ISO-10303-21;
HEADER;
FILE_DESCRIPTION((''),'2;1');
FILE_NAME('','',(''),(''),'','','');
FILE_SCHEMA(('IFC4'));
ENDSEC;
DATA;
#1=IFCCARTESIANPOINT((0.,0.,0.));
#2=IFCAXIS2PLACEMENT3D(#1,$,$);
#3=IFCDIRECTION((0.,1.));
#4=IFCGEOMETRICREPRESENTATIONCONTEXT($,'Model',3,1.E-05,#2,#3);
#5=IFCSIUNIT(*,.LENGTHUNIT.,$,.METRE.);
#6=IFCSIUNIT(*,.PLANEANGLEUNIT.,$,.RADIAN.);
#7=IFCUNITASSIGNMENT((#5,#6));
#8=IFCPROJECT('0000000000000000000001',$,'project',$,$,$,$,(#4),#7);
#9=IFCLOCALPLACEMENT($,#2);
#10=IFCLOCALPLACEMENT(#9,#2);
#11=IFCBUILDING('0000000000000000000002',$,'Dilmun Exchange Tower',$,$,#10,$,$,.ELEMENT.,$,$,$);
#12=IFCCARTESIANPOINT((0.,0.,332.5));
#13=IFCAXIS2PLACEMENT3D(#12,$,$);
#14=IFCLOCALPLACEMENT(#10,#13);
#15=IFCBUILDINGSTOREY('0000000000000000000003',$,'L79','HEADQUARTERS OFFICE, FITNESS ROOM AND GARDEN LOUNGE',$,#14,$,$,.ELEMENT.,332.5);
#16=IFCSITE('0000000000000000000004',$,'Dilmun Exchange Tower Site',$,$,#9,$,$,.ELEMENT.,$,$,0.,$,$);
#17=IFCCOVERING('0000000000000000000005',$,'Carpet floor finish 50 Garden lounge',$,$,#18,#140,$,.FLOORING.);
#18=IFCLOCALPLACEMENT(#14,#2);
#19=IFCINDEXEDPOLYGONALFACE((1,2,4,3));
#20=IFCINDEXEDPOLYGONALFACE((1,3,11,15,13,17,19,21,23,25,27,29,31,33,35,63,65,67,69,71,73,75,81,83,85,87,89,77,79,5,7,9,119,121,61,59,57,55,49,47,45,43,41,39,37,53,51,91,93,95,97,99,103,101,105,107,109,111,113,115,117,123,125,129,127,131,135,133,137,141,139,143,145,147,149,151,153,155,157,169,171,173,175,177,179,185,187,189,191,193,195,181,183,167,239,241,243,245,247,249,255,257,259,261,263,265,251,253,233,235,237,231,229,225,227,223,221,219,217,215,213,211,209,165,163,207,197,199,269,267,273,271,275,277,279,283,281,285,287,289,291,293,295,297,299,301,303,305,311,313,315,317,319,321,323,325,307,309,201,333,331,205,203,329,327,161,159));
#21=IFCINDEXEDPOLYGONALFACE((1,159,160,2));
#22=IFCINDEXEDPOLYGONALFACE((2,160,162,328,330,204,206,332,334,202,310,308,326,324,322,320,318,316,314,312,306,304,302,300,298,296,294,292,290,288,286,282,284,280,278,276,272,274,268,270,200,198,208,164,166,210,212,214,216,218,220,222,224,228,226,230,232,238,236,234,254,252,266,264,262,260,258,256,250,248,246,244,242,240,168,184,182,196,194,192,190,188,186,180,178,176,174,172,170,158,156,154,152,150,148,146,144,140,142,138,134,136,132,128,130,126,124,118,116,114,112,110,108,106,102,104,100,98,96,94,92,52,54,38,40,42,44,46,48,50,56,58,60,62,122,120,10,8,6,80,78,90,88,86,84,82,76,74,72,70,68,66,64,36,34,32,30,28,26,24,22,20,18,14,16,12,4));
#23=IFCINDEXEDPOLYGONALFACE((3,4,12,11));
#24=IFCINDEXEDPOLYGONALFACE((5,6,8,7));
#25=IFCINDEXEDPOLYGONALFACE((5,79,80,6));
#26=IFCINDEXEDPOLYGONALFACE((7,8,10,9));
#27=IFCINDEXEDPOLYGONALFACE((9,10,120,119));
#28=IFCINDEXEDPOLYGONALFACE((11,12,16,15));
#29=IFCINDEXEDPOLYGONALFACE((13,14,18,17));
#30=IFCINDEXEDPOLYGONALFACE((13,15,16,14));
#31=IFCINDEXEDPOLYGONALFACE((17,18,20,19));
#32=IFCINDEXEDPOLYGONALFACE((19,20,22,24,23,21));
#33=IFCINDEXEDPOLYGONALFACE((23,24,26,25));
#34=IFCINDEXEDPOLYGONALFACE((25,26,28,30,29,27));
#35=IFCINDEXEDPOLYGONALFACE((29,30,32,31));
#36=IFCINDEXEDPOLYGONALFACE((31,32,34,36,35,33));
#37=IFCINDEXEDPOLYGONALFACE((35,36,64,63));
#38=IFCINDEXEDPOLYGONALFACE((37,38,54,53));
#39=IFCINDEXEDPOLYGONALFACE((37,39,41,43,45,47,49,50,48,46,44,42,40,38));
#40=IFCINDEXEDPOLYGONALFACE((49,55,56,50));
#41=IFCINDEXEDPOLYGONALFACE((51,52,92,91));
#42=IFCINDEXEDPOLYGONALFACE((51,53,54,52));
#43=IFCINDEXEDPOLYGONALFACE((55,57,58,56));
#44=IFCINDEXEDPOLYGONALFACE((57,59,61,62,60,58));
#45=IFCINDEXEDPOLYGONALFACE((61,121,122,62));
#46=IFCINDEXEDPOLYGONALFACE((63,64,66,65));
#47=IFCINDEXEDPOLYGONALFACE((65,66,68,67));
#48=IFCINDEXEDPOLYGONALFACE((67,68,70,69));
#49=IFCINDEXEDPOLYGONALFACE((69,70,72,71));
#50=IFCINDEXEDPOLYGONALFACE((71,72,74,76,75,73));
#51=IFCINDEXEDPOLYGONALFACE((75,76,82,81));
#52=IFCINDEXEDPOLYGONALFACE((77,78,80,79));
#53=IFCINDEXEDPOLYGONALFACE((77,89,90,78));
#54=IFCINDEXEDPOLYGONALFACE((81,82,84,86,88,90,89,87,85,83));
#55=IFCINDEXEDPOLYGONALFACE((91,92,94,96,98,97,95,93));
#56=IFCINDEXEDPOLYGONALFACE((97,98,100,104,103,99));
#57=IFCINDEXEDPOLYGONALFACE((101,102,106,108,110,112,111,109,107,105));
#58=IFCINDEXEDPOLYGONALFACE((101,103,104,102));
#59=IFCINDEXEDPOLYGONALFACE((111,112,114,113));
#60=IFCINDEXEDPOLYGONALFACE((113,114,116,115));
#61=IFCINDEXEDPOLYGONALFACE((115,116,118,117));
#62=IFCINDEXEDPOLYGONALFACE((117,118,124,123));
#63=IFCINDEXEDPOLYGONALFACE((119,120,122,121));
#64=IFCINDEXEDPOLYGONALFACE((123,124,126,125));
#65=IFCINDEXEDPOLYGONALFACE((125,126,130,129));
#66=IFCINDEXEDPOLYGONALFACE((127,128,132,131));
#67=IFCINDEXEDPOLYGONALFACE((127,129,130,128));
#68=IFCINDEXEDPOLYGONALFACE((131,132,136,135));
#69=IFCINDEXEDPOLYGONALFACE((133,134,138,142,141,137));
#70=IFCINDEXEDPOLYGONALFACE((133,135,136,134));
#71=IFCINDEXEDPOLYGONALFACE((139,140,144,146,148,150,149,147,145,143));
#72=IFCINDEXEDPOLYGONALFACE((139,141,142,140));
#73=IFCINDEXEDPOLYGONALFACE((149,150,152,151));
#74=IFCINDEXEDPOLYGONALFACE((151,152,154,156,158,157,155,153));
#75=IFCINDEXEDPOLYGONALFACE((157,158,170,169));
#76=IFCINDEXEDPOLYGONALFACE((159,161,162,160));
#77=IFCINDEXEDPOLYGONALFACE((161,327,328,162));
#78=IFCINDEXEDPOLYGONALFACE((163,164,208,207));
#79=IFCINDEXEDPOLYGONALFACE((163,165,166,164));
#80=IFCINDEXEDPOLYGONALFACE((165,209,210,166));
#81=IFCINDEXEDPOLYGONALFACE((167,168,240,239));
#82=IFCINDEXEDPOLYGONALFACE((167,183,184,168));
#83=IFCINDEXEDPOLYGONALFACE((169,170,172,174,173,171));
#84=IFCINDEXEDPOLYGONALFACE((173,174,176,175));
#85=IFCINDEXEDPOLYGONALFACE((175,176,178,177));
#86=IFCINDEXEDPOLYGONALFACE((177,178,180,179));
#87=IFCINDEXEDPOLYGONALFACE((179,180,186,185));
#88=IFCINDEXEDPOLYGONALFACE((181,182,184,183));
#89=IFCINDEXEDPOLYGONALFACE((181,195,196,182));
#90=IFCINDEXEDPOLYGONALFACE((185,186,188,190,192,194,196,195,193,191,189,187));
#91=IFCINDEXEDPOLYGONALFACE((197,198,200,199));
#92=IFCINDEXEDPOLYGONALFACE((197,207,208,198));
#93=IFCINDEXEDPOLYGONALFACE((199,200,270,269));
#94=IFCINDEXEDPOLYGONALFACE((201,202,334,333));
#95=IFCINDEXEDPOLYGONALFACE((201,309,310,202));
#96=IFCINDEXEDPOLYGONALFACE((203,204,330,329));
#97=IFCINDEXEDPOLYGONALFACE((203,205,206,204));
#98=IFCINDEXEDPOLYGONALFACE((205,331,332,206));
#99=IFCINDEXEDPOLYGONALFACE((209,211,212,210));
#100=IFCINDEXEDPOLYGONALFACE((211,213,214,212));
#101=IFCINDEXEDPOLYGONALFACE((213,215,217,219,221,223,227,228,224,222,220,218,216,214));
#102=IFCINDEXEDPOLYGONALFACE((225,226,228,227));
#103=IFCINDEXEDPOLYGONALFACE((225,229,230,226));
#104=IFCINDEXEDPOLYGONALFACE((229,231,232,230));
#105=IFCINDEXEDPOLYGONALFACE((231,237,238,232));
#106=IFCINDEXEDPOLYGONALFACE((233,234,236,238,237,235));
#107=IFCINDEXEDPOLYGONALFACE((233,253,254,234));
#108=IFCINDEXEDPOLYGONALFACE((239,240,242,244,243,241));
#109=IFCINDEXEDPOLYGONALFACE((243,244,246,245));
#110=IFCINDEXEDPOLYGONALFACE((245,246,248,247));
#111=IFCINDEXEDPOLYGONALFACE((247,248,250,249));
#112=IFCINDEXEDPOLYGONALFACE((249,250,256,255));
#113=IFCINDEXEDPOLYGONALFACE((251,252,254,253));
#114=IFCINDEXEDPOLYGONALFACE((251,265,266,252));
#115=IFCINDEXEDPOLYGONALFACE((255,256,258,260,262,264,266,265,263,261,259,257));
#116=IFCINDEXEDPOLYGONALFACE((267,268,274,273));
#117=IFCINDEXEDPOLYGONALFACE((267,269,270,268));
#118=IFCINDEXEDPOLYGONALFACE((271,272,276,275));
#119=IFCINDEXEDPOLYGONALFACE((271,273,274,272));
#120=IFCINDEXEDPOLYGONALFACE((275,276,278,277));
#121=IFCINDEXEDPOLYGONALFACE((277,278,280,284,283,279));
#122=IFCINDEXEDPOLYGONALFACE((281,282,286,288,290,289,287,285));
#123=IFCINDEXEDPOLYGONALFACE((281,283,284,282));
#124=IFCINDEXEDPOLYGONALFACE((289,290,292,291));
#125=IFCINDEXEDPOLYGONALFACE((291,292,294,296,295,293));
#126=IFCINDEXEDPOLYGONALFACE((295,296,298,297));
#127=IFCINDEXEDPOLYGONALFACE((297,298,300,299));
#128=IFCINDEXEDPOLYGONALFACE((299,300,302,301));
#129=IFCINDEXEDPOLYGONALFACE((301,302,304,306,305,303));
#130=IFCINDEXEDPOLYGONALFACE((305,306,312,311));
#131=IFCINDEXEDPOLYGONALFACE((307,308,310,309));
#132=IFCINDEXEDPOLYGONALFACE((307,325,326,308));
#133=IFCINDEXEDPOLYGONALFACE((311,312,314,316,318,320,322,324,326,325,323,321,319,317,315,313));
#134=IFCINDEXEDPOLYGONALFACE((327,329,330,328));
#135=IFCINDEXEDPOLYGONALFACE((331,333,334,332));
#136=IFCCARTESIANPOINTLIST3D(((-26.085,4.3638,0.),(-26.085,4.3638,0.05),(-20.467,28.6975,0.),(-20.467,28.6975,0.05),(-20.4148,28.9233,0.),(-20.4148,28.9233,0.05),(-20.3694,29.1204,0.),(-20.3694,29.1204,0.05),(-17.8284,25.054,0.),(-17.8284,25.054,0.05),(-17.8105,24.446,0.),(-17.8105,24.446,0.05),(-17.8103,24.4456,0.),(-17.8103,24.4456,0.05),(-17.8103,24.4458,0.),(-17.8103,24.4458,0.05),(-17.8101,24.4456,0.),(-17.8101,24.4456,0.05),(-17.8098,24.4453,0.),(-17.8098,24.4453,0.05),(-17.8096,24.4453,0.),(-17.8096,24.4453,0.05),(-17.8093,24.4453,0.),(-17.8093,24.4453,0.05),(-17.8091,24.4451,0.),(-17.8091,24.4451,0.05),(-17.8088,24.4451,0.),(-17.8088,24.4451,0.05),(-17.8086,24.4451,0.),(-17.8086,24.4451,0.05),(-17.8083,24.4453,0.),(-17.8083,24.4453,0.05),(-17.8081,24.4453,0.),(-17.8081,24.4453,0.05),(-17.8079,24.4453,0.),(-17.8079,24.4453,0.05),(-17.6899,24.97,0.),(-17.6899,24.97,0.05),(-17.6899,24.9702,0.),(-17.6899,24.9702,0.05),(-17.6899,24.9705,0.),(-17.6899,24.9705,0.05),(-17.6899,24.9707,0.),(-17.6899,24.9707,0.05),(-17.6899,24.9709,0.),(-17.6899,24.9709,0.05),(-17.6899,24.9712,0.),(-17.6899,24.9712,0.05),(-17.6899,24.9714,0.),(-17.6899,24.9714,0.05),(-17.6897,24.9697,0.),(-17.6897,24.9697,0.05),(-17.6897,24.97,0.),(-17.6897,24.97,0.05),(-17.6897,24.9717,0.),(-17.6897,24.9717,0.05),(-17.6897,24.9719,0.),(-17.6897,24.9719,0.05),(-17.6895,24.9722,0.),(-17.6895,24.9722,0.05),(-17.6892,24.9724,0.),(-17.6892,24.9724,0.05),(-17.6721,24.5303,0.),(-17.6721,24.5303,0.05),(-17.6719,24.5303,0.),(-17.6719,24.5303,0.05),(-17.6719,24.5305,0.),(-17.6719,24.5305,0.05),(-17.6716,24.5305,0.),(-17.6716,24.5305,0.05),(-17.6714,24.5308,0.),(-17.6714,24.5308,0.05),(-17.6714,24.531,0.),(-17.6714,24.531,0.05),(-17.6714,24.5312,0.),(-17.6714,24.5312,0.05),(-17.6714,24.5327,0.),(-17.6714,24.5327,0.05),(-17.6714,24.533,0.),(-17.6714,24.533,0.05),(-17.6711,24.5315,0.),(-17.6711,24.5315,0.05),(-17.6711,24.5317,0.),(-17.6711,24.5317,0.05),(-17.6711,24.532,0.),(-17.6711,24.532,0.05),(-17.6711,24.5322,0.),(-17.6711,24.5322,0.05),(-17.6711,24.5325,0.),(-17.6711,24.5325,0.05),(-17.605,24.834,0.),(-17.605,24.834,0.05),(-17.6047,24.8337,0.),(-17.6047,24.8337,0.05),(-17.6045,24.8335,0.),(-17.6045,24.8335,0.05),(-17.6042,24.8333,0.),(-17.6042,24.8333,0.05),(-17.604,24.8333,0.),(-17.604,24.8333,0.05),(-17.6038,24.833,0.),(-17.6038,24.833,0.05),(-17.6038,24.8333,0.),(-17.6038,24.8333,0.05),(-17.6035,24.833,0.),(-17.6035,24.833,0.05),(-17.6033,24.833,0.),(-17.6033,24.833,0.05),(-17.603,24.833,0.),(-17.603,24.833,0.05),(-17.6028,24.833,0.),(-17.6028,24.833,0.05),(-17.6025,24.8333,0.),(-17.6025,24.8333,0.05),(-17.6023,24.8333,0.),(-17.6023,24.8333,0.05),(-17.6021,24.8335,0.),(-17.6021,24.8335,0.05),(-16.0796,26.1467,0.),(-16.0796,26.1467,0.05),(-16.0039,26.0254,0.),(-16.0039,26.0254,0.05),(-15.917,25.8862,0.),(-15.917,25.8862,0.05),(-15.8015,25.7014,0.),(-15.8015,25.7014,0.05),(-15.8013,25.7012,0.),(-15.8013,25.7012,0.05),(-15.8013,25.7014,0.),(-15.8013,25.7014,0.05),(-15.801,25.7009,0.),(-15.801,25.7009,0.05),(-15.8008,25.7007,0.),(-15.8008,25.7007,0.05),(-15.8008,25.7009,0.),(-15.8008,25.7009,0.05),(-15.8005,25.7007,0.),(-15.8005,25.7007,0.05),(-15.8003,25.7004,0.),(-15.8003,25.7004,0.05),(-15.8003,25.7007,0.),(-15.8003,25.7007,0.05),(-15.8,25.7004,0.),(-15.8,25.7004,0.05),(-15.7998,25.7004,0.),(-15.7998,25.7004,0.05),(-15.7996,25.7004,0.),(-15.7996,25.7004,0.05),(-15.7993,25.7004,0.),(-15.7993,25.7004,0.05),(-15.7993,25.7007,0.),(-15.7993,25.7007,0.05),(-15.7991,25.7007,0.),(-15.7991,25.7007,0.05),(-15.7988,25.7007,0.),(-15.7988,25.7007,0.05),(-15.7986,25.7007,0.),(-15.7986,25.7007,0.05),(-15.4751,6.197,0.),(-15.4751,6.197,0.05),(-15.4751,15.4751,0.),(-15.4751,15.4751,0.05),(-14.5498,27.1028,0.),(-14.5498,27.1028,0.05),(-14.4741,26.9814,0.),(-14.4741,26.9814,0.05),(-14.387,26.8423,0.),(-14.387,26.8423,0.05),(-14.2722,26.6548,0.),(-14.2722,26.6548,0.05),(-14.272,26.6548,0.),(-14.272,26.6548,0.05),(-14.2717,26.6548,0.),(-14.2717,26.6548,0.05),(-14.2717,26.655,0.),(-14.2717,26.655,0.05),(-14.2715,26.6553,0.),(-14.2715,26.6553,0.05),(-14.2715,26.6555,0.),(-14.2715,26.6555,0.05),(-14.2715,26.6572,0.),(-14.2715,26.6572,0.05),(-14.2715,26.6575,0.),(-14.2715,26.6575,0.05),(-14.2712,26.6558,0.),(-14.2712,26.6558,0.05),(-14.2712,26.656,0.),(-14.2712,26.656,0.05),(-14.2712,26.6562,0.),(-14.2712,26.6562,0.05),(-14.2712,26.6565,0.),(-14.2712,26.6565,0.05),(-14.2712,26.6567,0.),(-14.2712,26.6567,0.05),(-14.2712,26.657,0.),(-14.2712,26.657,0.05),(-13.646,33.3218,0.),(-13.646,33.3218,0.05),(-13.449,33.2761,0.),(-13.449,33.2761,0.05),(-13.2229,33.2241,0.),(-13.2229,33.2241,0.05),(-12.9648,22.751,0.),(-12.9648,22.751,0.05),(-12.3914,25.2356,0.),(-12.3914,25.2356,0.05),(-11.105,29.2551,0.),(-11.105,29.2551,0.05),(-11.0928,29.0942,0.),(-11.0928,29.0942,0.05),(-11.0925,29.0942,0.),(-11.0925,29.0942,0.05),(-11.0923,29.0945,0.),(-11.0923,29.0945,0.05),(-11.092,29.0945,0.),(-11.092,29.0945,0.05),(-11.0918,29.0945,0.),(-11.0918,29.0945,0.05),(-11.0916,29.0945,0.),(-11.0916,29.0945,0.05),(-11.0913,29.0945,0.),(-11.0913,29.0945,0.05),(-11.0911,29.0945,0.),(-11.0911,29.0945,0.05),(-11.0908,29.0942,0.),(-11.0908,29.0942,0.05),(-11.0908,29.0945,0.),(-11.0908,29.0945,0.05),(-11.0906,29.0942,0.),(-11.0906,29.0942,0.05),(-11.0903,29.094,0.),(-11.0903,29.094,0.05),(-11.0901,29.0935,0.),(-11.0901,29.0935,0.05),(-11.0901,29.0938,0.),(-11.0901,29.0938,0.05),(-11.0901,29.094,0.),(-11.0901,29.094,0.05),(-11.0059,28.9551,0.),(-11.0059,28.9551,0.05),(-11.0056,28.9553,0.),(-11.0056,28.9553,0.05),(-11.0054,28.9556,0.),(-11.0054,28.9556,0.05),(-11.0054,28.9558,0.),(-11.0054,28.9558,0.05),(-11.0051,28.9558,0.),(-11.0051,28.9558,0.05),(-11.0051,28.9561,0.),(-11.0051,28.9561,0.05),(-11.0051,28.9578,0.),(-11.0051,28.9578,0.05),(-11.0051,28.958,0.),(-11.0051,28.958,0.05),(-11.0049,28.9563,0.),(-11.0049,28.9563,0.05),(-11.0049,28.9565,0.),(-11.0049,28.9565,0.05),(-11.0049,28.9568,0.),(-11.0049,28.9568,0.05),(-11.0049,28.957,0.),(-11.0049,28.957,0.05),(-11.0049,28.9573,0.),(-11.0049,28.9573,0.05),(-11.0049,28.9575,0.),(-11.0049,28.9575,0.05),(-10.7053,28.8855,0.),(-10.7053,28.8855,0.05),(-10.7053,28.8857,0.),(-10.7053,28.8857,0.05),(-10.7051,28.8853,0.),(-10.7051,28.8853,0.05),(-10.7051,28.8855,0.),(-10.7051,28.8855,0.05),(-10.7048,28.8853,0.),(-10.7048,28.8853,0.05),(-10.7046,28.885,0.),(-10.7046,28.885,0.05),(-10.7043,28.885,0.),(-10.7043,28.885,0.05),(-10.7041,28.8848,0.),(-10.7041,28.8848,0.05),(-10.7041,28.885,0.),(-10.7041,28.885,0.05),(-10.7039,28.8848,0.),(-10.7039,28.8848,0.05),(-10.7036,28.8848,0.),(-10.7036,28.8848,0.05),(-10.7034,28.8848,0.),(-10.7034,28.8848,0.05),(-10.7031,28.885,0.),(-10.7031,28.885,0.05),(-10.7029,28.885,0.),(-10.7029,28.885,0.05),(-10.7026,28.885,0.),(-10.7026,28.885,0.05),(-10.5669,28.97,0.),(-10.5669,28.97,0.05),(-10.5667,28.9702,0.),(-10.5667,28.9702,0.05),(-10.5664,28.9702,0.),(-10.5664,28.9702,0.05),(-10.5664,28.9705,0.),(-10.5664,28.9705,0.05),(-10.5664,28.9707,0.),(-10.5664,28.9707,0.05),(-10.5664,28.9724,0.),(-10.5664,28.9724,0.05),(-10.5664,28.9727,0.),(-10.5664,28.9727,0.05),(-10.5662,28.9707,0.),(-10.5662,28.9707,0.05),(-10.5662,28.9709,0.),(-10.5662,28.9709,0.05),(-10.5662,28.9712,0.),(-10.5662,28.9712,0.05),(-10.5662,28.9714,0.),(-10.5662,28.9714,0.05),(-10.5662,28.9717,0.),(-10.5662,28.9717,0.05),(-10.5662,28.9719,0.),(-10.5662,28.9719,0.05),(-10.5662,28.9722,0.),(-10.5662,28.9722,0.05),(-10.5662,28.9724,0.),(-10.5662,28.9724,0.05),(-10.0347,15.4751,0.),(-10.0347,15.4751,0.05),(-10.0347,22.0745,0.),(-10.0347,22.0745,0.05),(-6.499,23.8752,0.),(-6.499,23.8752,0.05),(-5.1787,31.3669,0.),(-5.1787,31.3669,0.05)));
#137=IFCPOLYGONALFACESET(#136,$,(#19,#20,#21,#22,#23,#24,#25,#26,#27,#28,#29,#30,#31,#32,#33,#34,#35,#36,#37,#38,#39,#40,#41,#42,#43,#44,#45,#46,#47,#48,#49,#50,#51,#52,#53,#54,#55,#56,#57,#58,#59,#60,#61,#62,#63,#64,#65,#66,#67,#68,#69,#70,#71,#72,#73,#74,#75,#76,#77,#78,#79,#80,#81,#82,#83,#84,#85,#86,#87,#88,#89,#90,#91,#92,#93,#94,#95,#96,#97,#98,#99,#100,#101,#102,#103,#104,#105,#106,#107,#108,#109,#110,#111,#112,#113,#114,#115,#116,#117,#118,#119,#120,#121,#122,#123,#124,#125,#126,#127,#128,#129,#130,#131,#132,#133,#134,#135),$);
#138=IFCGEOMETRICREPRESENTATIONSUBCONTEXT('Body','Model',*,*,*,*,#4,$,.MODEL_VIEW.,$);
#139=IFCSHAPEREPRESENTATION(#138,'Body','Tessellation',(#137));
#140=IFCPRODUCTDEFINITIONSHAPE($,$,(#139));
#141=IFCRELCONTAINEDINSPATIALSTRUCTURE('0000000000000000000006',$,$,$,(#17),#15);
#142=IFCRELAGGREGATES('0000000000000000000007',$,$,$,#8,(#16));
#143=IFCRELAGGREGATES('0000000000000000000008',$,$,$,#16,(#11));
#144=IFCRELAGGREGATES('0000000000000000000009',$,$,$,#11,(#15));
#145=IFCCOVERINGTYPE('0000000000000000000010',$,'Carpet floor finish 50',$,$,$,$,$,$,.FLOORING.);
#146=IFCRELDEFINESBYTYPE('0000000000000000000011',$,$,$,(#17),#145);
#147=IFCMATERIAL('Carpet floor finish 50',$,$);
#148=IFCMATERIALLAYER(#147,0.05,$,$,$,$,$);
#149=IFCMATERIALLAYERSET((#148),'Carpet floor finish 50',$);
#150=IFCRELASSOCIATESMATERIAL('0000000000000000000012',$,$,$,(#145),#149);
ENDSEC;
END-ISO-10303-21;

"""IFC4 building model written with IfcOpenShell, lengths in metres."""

from ifc_helpers import new_model, si_unit, direction, frame, origin, place, context, subcontext, project, spatial, polyline, outline, extrude, material, layer, layer_set, type_object, element, save


model = new_model("IFC4")

# Units and contexts
model_context = context("Model", 3, precision=1e-05, world=origin(), true_north=direction((0.0, 1.0)))
body_context = subcontext(model_context, "Body", "Model", "MODEL_VIEW")
ifc_project = project(units=[si_unit("LENGTHUNIT", "METRE"), si_unit("PLANEANGLEUNIT", "RADIAN")], contexts=[model_context])

# Site, building, storey
site_placement = place(None, origin())
site = spatial("IfcSite", under=ifc_project, at=site_placement, Name="Dilmun Exchange Tower Site", CompositionType="ELEMENT", RefElevation=0.0)
building_placement = place(site_placement, origin())
building = spatial("IfcBuilding", under=site, at=building_placement, Name="Dilmun Exchange Tower", CompositionType="ELEMENT")
storey_placement = place(building_placement, frame((0.0, 0.0, 332.5)))
storey = spatial("IfcBuildingStorey", under=building, at=storey_placement, Name="L79", Description="HEADQUARTERS OFFICE, FITNESS ROOM AND GARDEN LOUNGE", CompositionType="ELEMENT", Elevation=332.5)

# Covering
ifc_material_1 = material(Name="Carpet floor finish 50")
ifc_layer_1 = layer(ifc_material_1, 0.05)
ifc_layer_set_1 = layer_set([ifc_layer_1], Name="Carpet floor finish 50")
covering_type_1 = type_object("IfcCoveringType", Name="Carpet floor finish 50", PredefinedType="FLOORING", material=ifc_layer_set_1)
covering_1_placement = place(storey_placement, origin())
element("IfcCovering", 1, at=covering_1_placement, inside=storey, type_object=covering_type_1, Name="Carpet floor finish 50 Garden lounge", PredefinedType="FLOORING", context=body_context, shape_type="SweptSolid", body=[
    extrude(outline(polyline([(-17.8284, 25.054), (-16.0796, 26.1467), (-16.0039, 26.0254), (-17.6892, 24.9724), (-17.6892, 24.9724), (-17.6895, 24.9722), (-17.6895, 24.9722), (-17.6897, 24.9719), (-17.6897, 24.9717), (-17.6897, 24.9717), (-17.6899, 24.9714), (-17.6899, 24.9712), (-17.6899, 24.9709), (-17.6899, 24.9707), (-17.6899, 24.9707), (-17.6899, 24.9705), (-17.6899, 24.9702), (-17.6899, 24.97), (-17.6897, 24.97), (-17.6897, 24.9697), (-17.605, 24.834), (-17.6047, 24.8337), (-17.6047, 24.8337), (-17.6045, 24.8335), (-17.6045, 24.8335), (-17.6042, 24.8333), (-17.604, 24.8333), (-17.6038, 24.8333), (-17.6038, 24.833), (-17.6035, 24.833), (-17.6033, 24.833), (-17.603, 24.833), (-17.6028, 24.833), (-17.6028, 24.833), (-17.6025, 24.8333), (-17.6023, 24.8333), (-17.6021, 24.8335), (-15.917, 25.8862), (-15.8015, 25.7014), (-15.8013, 25.7014), (-15.8013, 25.7012), (-15.801, 25.7009), (-15.8008, 25.7009), (-15.8008, 25.7007), (-15.8005, 25.7007), (-15.8003, 25.7007), (-15.8003, 25.7004), (-15.8, 25.7004), (-15.7998, 25.7004), (-15.7996, 25.7004), (-15.7993, 25.7004), (-15.7993, 25.7007), (-15.7991, 25.7007), (-15.7988, 25.7007), (-15.7986, 25.7007), (-14.2722, 26.6548), (-14.272, 26.6548), (-14.2717, 26.6548), (-14.2717, 26.655), (-14.2715, 26.6553), (-14.2715, 26.6555), (-14.2715, 26.6555), (-14.2712, 26.6558), (-14.2712, 26.656), (-14.2712, 26.656), (-14.2712, 26.6562), (-14.2712, 26.6565), (-14.2712, 26.6567), (-14.2712, 26.657), (-14.2712, 26.657), (-14.2715, 26.6572), (-14.2715, 26.6575), (-14.387, 26.8423), (-11.0059, 28.9551), (-11.0056, 28.9553), (-11.0056, 28.9553), (-11.0054, 28.9556), (-11.0054, 28.9558), (-11.0051, 28.9558), (-11.0051, 28.9561), (-11.0049, 28.9563), (-11.0049, 28.9563), (-11.0049, 28.9565), (-11.0049, 28.9568), (-11.0049, 28.957), (-11.0049, 28.9573), (-11.0049, 28.9575), (-11.0049, 28.9575), (-11.0051, 28.9578), (-11.0051, 28.958), (-11.0901, 29.0935), (-11.0901, 29.0938), (-11.0901, 29.094), (-11.0903, 29.094), (-11.0906, 29.0942), (-11.0908, 29.0942), (-11.0908, 29.0945), (-11.0911, 29.0945), (-11.0913, 29.0945), (-11.0913, 29.0945), (-11.0916, 29.0945), (-11.0918, 29.0945), (-11.092, 29.0945), (-11.0923, 29.0945), (-11.0923, 29.0945), (-11.0925, 29.0942), (-11.0928, 29.0942), (-14.4741, 26.9814), (-14.5498, 27.1028), (-11.105, 29.2551), (-13.646, 33.3218), (-13.449, 33.2761), (-10.7053, 28.8857), (-10.7053, 28.8855), (-10.7051, 28.8855), (-10.7051, 28.8853), (-10.7048, 28.8853), (-10.7046, 28.885), (-10.7046, 28.885), (-10.7043, 28.885), (-10.7041, 28.885), (-10.7041, 28.8848), (-10.7039, 28.8848), (-10.7036, 28.8848), (-10.7034, 28.8848), (-10.7031, 28.885), (-10.7029, 28.885), (-10.7029, 28.885), (-10.7026, 28.885), (-10.5669, 28.97), (-10.5669, 28.97), (-10.5667, 28.9702), (-10.5664, 28.9702), (-10.5664, 28.9705), (-10.5664, 28.9707), (-10.5662, 28.9707), (-10.5662, 28.9709), (-10.5662, 28.9712), (-10.5662, 28.9712), (-10.5662, 28.9714), (-10.5662, 28.9717), (-10.5662, 28.9719), (-10.5662, 28.9722), (-10.5662, 28.9724), (-10.5664, 28.9724), (-10.5664, 28.9727), (-13.2229, 33.2241), (-5.1787, 31.3669), (-6.499, 23.8752), (-12.3914, 25.2356), (-12.9648, 22.751), (-10.0347, 22.0745), (-10.0347, 15.4751), (-15.4751, 15.4751), (-15.4751, 6.197), (-26.085, 4.3638), (-20.467, 28.6975), (-17.8105, 24.446), (-17.8103, 24.4458), (-17.8103, 24.4458), (-17.8103, 24.4456), (-17.8101, 24.4456), (-17.8098, 24.4453), (-17.8098, 24.4453), (-17.8096, 24.4453), (-17.8093, 24.4453), (-17.8091, 24.4451), (-17.8088, 24.4451), (-17.8086, 24.4451), (-17.8086, 24.4451), (-17.8083, 24.4453), (-17.8081, 24.4453), (-17.8081, 24.4453), (-17.8079, 24.4453), (-17.6721, 24.5303), (-17.6719, 24.5303), (-17.6719, 24.5305), (-17.6716, 24.5305), (-17.6714, 24.5308), (-17.6714, 24.531), (-17.6714, 24.531), (-17.6714, 24.5312), (-17.6711, 24.5315), (-17.6711, 24.5315), (-17.6711, 24.5317), (-17.6711, 24.532), (-17.6711, 24.5322), (-17.6711, 24.5325), (-17.6714, 24.5327), (-17.6714, 24.5327), (-17.6714, 24.533), (-20.4148, 28.9233), (-20.3694, 29.1204), (-17.8284, 25.054)])), origin(), (0.0, 0.0, 1.0), 0.05),
])

save(model, "model.ifc")
